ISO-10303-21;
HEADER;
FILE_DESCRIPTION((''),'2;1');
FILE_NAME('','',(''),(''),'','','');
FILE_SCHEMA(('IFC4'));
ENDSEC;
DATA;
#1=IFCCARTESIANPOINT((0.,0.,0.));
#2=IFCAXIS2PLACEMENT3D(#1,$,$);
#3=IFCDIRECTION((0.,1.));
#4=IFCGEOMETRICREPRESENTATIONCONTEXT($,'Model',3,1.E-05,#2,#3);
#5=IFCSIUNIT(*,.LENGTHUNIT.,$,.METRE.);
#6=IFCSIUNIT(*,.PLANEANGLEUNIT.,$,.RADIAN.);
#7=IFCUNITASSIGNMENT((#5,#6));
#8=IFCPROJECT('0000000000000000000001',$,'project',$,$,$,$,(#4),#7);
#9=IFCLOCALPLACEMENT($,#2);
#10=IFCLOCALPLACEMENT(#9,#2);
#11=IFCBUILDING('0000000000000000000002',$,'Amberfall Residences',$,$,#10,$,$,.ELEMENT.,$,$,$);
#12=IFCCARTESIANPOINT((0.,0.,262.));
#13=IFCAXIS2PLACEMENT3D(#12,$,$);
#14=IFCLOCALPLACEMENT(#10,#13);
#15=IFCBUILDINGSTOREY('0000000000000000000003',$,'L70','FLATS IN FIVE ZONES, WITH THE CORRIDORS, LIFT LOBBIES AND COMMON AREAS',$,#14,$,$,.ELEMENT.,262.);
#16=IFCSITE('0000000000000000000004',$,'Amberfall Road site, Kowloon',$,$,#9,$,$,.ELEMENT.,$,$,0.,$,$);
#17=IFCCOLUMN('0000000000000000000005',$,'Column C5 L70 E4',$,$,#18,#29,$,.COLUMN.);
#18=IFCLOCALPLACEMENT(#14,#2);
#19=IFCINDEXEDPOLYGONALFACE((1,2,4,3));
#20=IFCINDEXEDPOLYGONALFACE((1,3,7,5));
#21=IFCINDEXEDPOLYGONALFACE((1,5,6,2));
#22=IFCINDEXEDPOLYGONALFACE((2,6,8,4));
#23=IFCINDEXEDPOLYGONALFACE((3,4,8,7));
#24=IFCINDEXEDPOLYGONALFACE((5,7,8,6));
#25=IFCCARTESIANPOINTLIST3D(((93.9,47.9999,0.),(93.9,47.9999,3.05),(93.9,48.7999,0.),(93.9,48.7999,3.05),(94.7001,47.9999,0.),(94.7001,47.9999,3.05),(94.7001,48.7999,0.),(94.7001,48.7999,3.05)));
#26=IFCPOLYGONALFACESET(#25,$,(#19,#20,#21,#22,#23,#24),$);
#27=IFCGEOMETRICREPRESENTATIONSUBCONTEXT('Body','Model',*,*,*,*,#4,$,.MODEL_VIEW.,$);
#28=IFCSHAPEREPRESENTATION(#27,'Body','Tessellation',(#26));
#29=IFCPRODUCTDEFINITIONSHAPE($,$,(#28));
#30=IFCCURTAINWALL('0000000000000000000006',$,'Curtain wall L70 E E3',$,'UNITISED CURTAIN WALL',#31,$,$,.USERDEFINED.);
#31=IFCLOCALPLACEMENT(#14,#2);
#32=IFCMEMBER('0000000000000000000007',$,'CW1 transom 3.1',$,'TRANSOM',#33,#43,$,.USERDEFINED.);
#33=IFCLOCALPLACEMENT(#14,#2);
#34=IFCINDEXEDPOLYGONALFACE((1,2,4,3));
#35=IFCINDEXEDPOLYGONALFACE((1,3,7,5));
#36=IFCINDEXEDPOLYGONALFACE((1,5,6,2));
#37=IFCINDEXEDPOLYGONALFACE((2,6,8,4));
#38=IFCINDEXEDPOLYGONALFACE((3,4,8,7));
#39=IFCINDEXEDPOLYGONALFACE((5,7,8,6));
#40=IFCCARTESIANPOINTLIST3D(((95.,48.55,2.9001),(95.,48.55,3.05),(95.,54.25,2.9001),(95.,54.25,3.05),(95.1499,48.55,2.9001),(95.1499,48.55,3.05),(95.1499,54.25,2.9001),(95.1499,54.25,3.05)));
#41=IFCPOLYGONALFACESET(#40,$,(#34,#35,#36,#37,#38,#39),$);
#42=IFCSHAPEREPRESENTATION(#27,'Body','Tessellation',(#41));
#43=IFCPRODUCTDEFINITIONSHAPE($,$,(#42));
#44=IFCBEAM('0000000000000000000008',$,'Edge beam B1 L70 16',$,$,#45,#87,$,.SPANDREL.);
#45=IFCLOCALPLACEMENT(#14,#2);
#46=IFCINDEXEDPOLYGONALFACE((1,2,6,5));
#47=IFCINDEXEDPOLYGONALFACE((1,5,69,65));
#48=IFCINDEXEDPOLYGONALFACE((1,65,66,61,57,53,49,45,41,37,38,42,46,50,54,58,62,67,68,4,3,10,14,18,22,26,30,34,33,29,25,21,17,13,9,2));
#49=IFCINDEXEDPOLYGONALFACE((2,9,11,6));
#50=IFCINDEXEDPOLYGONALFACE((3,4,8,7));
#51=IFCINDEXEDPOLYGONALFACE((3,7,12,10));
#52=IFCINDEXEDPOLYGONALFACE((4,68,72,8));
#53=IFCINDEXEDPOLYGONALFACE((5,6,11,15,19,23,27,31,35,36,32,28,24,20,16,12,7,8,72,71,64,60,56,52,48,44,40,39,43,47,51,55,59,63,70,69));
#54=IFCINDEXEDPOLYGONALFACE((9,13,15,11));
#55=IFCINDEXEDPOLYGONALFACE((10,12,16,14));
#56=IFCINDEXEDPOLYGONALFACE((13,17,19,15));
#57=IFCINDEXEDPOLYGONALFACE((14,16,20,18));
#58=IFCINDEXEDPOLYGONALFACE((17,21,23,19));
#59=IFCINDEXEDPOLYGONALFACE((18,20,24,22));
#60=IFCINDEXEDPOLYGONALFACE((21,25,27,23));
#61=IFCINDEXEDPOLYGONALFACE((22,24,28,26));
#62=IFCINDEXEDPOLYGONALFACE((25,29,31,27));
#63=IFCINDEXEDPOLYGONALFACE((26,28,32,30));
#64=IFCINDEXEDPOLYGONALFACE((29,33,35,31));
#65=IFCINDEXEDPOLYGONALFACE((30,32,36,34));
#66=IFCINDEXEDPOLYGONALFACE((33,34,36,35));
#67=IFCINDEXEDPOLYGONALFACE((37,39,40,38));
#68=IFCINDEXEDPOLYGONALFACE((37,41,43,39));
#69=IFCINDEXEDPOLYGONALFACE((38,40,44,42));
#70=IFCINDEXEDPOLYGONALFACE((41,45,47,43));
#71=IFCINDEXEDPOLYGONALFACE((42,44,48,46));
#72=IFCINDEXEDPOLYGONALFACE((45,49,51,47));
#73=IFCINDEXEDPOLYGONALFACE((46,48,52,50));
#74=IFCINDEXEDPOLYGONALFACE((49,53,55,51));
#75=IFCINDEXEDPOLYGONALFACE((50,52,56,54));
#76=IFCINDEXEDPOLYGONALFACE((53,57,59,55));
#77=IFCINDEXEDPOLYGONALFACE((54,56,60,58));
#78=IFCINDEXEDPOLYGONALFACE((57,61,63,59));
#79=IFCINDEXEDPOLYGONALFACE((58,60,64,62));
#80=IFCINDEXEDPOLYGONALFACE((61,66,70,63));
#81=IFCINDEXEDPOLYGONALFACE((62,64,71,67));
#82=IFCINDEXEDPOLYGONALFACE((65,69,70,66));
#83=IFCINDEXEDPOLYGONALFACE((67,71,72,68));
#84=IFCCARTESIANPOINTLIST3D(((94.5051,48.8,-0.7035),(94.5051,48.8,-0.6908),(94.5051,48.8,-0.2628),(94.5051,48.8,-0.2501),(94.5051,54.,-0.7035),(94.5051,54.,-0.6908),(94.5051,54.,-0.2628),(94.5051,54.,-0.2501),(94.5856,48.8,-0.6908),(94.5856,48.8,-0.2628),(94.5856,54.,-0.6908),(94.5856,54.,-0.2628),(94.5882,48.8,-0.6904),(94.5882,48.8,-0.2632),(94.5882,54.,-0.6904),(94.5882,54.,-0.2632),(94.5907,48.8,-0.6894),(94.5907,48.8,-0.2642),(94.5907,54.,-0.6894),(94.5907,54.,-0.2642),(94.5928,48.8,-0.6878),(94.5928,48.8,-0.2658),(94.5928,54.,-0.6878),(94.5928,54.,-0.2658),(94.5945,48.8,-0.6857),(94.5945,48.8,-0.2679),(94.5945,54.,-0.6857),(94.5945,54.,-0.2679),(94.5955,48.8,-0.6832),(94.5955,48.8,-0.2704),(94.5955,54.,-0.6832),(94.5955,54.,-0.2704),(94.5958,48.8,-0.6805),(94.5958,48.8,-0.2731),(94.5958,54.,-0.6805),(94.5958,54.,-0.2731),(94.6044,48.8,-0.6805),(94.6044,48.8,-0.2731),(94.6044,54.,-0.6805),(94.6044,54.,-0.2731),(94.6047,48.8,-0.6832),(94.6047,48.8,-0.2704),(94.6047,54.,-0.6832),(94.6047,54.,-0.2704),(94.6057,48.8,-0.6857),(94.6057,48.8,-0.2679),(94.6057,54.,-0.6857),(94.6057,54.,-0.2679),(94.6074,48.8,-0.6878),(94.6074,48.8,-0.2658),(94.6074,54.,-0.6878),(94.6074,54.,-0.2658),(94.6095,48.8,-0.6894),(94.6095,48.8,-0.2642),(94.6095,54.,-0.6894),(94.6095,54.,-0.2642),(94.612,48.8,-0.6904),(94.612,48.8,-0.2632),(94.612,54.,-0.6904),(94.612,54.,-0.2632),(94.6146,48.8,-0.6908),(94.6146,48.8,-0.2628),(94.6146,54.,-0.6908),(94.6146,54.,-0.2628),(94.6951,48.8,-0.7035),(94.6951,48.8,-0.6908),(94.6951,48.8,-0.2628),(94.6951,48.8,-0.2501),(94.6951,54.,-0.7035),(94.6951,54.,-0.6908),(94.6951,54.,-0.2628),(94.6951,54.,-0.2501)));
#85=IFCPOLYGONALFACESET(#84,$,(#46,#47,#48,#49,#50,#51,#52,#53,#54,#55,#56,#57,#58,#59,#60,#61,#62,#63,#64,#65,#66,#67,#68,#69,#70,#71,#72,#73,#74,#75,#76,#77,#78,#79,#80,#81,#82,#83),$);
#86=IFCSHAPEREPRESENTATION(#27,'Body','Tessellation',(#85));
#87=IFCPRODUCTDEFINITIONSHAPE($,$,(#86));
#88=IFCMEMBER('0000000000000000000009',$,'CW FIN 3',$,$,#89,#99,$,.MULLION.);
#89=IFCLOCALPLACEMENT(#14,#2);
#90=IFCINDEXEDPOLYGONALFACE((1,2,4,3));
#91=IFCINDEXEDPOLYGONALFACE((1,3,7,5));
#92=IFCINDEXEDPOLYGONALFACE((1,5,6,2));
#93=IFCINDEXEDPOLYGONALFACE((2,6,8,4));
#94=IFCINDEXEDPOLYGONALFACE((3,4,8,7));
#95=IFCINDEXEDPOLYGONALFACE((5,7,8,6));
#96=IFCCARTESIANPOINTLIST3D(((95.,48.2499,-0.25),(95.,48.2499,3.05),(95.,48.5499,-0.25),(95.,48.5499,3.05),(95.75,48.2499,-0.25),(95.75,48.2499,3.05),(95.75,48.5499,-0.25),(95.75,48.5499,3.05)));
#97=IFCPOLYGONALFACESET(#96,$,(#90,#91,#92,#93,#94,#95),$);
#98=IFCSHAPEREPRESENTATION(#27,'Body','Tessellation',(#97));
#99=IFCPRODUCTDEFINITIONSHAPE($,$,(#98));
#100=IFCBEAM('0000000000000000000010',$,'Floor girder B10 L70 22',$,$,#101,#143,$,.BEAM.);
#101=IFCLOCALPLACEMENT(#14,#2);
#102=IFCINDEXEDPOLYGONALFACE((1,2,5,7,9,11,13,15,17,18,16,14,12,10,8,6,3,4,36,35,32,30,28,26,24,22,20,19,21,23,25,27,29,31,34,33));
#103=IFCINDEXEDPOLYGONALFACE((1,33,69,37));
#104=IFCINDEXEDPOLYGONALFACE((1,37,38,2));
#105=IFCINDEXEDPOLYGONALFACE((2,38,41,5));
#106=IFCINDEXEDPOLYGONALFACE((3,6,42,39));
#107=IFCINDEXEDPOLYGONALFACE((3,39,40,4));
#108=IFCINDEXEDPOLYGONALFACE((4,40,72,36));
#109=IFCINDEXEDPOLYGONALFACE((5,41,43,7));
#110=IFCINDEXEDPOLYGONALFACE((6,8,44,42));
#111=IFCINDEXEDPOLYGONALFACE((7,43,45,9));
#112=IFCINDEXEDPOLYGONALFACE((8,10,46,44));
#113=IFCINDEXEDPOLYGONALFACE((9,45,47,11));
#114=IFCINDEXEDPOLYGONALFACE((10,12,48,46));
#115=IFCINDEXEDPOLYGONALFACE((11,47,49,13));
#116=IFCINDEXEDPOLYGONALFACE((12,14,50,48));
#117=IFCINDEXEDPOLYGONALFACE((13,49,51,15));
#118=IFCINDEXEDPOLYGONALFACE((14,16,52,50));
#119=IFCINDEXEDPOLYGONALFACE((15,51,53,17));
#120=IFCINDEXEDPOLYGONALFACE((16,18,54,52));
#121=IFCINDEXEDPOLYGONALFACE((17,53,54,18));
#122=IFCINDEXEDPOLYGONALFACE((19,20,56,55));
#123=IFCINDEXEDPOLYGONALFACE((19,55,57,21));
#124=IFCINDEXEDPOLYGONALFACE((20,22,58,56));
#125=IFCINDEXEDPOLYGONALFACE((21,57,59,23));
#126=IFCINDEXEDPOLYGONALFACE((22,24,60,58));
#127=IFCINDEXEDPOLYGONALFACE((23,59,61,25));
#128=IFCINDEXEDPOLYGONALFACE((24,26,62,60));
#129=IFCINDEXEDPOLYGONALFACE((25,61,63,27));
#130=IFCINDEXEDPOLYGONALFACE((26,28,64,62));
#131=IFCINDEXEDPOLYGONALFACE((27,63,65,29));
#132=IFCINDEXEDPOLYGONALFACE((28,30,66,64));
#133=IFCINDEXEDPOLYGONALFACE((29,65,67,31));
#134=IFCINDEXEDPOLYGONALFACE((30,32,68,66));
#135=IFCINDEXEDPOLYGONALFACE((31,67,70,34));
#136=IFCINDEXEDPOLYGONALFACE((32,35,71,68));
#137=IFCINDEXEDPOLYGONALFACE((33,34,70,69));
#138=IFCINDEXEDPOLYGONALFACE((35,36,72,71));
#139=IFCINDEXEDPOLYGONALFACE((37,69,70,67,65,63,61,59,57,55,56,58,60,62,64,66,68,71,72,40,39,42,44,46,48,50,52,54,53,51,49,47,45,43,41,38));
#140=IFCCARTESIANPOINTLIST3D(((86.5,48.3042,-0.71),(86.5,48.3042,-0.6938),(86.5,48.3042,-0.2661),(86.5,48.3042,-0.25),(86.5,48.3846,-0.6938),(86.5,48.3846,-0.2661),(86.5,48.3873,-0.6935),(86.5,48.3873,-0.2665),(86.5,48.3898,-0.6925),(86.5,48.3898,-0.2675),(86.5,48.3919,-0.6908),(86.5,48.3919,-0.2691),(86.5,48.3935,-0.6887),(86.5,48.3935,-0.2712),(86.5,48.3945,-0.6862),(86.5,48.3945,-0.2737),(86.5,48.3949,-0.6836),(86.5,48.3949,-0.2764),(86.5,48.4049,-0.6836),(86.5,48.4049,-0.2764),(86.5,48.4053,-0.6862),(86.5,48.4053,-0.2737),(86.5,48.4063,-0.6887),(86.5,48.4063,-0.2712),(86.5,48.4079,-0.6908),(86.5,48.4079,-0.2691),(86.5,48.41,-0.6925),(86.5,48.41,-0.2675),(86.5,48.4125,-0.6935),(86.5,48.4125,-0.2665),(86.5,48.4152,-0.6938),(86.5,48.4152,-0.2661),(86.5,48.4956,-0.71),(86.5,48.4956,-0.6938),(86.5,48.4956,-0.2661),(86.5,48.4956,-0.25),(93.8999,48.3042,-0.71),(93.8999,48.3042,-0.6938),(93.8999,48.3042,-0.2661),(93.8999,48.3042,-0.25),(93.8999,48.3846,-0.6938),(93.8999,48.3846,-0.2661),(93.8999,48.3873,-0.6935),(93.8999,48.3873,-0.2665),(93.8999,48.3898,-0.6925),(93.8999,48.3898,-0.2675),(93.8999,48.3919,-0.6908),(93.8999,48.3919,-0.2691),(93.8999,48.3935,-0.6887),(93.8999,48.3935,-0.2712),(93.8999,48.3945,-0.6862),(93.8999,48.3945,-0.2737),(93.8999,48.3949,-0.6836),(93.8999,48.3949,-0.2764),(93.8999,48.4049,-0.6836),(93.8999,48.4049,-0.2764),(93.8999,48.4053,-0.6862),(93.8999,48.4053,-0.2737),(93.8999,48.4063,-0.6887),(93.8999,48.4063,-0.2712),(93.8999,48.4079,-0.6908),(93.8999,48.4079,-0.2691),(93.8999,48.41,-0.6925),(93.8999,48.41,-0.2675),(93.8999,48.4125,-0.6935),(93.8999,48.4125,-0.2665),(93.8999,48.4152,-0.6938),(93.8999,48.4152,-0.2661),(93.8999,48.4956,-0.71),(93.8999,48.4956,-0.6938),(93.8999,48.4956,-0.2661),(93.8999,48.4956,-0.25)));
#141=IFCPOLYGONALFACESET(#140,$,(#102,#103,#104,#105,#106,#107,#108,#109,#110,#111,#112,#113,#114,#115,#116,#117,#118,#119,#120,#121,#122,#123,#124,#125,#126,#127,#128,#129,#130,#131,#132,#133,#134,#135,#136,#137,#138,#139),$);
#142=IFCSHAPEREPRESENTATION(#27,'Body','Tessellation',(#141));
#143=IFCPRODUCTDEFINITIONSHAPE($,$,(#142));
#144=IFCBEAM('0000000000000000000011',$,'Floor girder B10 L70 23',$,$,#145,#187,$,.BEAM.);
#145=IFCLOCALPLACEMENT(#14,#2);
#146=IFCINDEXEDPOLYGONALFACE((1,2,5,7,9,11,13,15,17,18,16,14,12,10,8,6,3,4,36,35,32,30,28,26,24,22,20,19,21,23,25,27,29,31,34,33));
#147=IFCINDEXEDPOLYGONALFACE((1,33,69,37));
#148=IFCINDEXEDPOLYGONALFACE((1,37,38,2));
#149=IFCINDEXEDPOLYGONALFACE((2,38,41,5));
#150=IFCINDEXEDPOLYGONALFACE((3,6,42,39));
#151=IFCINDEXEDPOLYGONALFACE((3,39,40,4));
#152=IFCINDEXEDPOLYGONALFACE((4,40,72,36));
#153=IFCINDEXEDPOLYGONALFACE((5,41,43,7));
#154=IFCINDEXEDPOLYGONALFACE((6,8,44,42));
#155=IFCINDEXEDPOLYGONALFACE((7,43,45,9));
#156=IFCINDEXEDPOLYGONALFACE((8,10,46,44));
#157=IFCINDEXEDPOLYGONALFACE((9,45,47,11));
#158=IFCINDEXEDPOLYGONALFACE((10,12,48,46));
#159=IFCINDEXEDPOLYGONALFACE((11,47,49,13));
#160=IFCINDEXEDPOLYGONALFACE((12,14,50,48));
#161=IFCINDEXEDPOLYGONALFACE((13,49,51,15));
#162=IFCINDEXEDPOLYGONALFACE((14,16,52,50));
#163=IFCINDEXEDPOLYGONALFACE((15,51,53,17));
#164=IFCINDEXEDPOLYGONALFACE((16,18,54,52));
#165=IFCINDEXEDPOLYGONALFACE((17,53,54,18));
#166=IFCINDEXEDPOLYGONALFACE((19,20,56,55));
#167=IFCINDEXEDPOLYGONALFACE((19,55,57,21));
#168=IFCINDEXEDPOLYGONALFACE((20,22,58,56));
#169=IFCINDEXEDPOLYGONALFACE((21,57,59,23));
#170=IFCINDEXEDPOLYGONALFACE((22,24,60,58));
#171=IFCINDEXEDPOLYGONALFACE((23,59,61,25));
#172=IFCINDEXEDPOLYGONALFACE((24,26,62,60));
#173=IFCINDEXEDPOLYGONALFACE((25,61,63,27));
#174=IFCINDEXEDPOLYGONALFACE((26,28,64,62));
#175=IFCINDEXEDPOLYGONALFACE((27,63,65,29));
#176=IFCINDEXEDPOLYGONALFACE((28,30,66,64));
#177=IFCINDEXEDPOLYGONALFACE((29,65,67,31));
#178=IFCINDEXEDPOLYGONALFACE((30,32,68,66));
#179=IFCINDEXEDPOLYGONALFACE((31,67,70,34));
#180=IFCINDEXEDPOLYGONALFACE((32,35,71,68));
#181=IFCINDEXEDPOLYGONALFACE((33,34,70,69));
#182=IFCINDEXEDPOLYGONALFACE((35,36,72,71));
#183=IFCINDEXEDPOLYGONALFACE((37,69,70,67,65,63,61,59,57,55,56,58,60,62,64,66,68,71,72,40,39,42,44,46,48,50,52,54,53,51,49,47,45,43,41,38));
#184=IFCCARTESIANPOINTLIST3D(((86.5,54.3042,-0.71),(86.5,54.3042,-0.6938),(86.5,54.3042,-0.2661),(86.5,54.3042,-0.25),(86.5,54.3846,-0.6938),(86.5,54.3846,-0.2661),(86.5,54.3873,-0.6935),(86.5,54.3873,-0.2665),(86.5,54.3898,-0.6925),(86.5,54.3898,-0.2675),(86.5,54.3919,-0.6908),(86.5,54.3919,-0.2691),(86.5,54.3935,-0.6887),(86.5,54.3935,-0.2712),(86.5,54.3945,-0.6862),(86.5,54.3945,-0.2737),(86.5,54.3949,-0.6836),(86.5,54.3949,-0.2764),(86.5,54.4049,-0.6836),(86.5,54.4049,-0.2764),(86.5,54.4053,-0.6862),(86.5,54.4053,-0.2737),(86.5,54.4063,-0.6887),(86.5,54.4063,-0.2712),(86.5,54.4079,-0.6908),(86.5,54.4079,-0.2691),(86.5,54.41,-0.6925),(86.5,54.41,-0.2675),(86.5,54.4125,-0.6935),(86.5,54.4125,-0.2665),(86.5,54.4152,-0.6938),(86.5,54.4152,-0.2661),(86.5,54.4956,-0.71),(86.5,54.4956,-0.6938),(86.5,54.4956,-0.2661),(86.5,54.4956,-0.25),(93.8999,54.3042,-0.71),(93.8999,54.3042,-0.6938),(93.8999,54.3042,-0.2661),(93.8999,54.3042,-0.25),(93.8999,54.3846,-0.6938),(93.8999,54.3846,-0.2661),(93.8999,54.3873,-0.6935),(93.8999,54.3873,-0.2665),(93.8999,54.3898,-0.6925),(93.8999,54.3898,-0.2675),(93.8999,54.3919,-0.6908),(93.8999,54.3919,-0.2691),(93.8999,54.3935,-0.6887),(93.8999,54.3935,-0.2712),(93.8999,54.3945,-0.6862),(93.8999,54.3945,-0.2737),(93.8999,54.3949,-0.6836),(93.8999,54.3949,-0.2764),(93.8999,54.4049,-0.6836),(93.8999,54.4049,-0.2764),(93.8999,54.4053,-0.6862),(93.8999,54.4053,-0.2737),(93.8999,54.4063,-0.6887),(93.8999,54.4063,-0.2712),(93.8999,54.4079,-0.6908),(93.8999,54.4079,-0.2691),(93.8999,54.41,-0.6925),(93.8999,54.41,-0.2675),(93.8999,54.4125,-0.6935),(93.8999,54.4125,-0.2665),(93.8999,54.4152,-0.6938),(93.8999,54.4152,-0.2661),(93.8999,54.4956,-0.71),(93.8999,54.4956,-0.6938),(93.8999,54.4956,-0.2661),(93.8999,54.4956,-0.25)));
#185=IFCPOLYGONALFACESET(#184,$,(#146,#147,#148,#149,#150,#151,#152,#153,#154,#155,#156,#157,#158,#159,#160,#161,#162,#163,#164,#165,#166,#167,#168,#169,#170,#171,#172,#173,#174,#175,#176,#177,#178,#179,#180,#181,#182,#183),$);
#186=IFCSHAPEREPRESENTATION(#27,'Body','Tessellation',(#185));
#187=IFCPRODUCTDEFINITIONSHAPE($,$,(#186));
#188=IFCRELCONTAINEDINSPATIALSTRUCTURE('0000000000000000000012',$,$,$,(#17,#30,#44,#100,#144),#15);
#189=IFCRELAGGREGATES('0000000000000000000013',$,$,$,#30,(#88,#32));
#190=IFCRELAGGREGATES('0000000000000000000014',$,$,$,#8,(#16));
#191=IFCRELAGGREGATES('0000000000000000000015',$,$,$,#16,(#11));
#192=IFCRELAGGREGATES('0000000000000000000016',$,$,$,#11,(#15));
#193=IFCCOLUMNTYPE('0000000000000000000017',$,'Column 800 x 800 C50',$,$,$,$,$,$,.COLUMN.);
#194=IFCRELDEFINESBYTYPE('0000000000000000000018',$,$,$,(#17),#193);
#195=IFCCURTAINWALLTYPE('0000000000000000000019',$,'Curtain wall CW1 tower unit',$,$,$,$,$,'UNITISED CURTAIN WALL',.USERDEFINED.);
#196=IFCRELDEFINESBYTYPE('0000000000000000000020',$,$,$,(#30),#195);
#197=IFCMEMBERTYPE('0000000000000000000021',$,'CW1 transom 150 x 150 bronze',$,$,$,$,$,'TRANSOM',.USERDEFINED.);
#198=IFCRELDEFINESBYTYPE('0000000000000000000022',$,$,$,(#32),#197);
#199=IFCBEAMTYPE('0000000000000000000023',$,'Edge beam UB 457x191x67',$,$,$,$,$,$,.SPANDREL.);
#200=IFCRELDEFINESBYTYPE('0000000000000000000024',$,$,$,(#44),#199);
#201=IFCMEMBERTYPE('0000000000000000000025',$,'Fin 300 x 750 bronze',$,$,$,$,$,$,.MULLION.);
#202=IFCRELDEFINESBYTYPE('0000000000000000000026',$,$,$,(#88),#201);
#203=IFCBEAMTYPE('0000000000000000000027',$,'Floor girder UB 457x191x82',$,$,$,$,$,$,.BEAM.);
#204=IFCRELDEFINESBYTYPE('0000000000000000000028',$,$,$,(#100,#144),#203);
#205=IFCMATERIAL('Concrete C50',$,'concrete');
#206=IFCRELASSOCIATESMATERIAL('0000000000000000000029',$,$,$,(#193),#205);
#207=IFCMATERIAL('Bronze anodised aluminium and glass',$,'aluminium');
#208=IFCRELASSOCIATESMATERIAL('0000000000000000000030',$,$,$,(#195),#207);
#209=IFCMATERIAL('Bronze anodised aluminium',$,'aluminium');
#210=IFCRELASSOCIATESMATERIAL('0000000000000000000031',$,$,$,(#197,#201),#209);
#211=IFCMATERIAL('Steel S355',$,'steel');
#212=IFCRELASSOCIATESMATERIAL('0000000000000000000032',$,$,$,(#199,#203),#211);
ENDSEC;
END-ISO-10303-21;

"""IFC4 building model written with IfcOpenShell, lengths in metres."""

from ifc_helpers import new_model, si_unit, direction, frame, origin, origin_2d, place, context, subcontext, project, spatial, rectangle, i_section, extrude, material, material_profile, profile_set, type_object, element, aggregate, save


model = new_model("IFC4")

# Units and contexts
model_context = context("Model", 3, precision=1e-05, world=origin(), true_north=direction((0.0, 1.0)))
body_context = subcontext(model_context, "Body", "Model", "MODEL_VIEW")
ifc_project = project(units=[si_unit("LENGTHUNIT", "METRE"), si_unit("PLANEANGLEUNIT", "RADIAN")], contexts=[model_context])

# Site, building, storey
site_placement = place(None, origin())
site = spatial("IfcSite", under=ifc_project, at=site_placement, Name="Amberfall Road site, Kowloon", CompositionType="ELEMENT", RefElevation=0.0)
building_placement = place(site_placement, origin())
building = spatial("IfcBuilding", under=site, at=building_placement, Name="Amberfall Residences", CompositionType="ELEMENT")
storey_placement = place(building_placement, frame((0.0, 0.0, 262.0)))
storey = spatial("IfcBuildingStorey", under=building, at=storey_placement, Name="L70", Description="FLATS IN FIVE ZONES, WITH THE CORRIDORS, LIFT LOBBIES AND COMMON AREAS", CompositionType="ELEMENT", Elevation=262.0)

# Column
ifc_material_1 = material(Name="Concrete C50", Category="concrete")
ifc_material_profile_1 = material_profile(ifc_material_1, rectangle(XDim=0.8, YDim=0.8, at=origin_2d()), Name="Column 800 x 800 C50")
ifc_profile_set_1 = profile_set([ifc_material_profile_1], Name="Concrete C50")
column_type = type_object("IfcColumnType", Name="Column 800 x 800 C50", PredefinedType="COLUMN", material=ifc_profile_set_1)
column_placement = place(storey_placement, frame((94.3, 48.3999, 0.0), z_axis=(0.0, 0.0, 1.0), x_axis=(1.0, 0.0, 0.0)))
element("IfcColumn", 1, at=column_placement, inside=storey, type_object=column_type, Name="Column C5 L70 E4", PredefinedType="COLUMN", context=body_context, shape_type="SweptSolid", body=[
    extrude(rectangle(XDim=0.8, YDim=0.8, at=origin_2d()), origin(), (0.0, 0.0, 1.0), 3.05),
])

# Curtain wall, member
ifc_material_2 = material(Name="Bronze anodised aluminium and glass", Category="aluminium")
curtain_wall_type = type_object("IfcCurtainWallType", Name="Curtain wall CW1 tower unit", ElementType="UNITISED CURTAIN WALL", PredefinedType="USERDEFINED", material=ifc_material_2)
curtain_wall_placement = place(storey_placement, origin())
curtain_wall = element("IfcCurtainWall", 2, at=curtain_wall_placement, inside=storey, type_object=curtain_wall_type, Name="Curtain wall L70 E E3", ObjectType="UNITISED CURTAIN WALL", PredefinedType="USERDEFINED")
ifc_material_3 = material(Name="Bronze anodised aluminium", Category="aluminium")
ifc_material_profile_2 = material_profile(ifc_material_3, rectangle(XDim=0.1499, YDim=0.1499, at=origin_2d()), Name="CW1 transom 150 x 150 bronze")
ifc_profile_set_2 = profile_set([ifc_material_profile_2], Name="Bronze anodised aluminium")
member_type_1 = type_object("IfcMemberType", Name="CW1 transom 150 x 150 bronze", ElementType="TRANSOM", PredefinedType="USERDEFINED", material=ifc_profile_set_2)
member_1_placement = place(storey_placement, frame((95.075, 48.55, 2.9751), z_axis=(0.0, 1.0, 0.0), x_axis=(-1.0, 0.0, 0.0)))
member_1 = element("IfcMember", 3, at=member_1_placement, type_object=member_type_1, Name="CW1 transom 3.1", ObjectType="TRANSOM", PredefinedType="USERDEFINED", context=body_context, shape_type="SweptSolid", body=[
    extrude(rectangle(XDim=0.1499, YDim=0.1499, at=origin_2d()), origin(), (0.0, 0.0, 1.0), 5.7),
])

# Beam
ifc_material_4 = material(Name="Steel S355", Category="steel")
ifc_material_profile_3 = material_profile(ifc_material_4, i_section(OverallWidth=0.1899, OverallDepth=0.4534, WebThickness=0.0085, FlangeThickness=0.0127, FilletRadius=0.0103, at=origin_2d()), Name="UB 457x191x67")
ifc_profile_set_3 = profile_set([ifc_material_profile_3], Name="Steel S355")
beam_type_1 = type_object("IfcBeamType", Name="Edge beam UB 457x191x67", PredefinedType="SPANDREL", material=ifc_profile_set_3)
beam_placement = place(storey_placement, frame((94.6001, 48.8, -0.4768), z_axis=(0.0, 1.0, 0.0), x_axis=(-1.0, 0.0, 0.0)))
element("IfcBeam", 4, at=beam_placement, inside=storey, type_object=beam_type_1, Name="Edge beam B1 L70 16", PredefinedType="SPANDREL", context=body_context, shape_type="SweptSolid", body=[
    extrude(i_section(OverallWidth=0.1899, OverallDepth=0.4534, WebThickness=0.0085, FlangeThickness=0.0127, FilletRadius=0.0103, at=origin_2d()), origin(), (0.0, 0.0, 1.0), 5.2),
])

# Member
ifc_material_profile_4 = material_profile(ifc_material_3, rectangle(XDim=0.75, YDim=0.3, at=origin_2d()), Name="Fin 300 x 750 bronze")
ifc_profile_set_4 = profile_set([ifc_material_profile_4], Name="Bronze anodised aluminium")
member_type_2 = type_object("IfcMemberType", Name="Fin 300 x 750 bronze", PredefinedType="MULLION", material=ifc_profile_set_4)
member_2_placement = place(storey_placement, frame((95.375, 48.3999, -0.25), z_axis=(0.0, 0.0, 1.0), x_axis=(-1.0, 0.0, 0.0)))
member_2 = element("IfcMember", 5, at=member_2_placement, type_object=member_type_2, Name="CW FIN 3", PredefinedType="MULLION", context=body_context, shape_type="SweptSolid", body=[
    extrude(rectangle(XDim=0.75, YDim=0.3, at=origin_2d()), origin(), (0.0, 0.0, 1.0), 3.3),
])

# Beams
ifc_material_profile_5 = material_profile(ifc_material_4, i_section(OverallWidth=0.1914, OverallDepth=0.46, WebThickness=0.01, FlangeThickness=0.0161, FilletRadius=0.0103, at=origin_2d()), Name="UB 457x191x82")
ifc_profile_set_5 = profile_set([ifc_material_profile_5], Name="Steel S355")
beam_type_2 = type_object("IfcBeamType", Name="Floor girder UB 457x191x82", PredefinedType="BEAM", material=ifc_profile_set_5)
for number, where, z_axis, x_axis, name in (
    (6, (93.8999, 48.3999, -0.48), (-1.0, 0.0, 0.0), (0.0, -1.0, 0.0), "Floor girder B10 L70 22"),
    (7, (93.8999, 54.3999, -0.48), (-1.0, 0.0, 0.0), (0.0, -1.0, 0.0), "Floor girder B10 L70 23"),
):
    element("IfcBeam", number, at=place(storey_placement, frame(where, z_axis=z_axis, x_axis=x_axis)), inside=storey, type_object=beam_type_2, Name=name, PredefinedType="BEAM", context=body_context, shape_type="SweptSolid", body=[
        extrude(i_section(OverallWidth=0.1914, OverallDepth=0.46, WebThickness=0.01, FlangeThickness=0.0161, FilletRadius=0.0103, at=origin_2d()), origin(), (0.0, 0.0, 1.0), 7.3999),
    ])

aggregate(curtain_wall, [member_2, member_1])

save(model, "model.ifc")
